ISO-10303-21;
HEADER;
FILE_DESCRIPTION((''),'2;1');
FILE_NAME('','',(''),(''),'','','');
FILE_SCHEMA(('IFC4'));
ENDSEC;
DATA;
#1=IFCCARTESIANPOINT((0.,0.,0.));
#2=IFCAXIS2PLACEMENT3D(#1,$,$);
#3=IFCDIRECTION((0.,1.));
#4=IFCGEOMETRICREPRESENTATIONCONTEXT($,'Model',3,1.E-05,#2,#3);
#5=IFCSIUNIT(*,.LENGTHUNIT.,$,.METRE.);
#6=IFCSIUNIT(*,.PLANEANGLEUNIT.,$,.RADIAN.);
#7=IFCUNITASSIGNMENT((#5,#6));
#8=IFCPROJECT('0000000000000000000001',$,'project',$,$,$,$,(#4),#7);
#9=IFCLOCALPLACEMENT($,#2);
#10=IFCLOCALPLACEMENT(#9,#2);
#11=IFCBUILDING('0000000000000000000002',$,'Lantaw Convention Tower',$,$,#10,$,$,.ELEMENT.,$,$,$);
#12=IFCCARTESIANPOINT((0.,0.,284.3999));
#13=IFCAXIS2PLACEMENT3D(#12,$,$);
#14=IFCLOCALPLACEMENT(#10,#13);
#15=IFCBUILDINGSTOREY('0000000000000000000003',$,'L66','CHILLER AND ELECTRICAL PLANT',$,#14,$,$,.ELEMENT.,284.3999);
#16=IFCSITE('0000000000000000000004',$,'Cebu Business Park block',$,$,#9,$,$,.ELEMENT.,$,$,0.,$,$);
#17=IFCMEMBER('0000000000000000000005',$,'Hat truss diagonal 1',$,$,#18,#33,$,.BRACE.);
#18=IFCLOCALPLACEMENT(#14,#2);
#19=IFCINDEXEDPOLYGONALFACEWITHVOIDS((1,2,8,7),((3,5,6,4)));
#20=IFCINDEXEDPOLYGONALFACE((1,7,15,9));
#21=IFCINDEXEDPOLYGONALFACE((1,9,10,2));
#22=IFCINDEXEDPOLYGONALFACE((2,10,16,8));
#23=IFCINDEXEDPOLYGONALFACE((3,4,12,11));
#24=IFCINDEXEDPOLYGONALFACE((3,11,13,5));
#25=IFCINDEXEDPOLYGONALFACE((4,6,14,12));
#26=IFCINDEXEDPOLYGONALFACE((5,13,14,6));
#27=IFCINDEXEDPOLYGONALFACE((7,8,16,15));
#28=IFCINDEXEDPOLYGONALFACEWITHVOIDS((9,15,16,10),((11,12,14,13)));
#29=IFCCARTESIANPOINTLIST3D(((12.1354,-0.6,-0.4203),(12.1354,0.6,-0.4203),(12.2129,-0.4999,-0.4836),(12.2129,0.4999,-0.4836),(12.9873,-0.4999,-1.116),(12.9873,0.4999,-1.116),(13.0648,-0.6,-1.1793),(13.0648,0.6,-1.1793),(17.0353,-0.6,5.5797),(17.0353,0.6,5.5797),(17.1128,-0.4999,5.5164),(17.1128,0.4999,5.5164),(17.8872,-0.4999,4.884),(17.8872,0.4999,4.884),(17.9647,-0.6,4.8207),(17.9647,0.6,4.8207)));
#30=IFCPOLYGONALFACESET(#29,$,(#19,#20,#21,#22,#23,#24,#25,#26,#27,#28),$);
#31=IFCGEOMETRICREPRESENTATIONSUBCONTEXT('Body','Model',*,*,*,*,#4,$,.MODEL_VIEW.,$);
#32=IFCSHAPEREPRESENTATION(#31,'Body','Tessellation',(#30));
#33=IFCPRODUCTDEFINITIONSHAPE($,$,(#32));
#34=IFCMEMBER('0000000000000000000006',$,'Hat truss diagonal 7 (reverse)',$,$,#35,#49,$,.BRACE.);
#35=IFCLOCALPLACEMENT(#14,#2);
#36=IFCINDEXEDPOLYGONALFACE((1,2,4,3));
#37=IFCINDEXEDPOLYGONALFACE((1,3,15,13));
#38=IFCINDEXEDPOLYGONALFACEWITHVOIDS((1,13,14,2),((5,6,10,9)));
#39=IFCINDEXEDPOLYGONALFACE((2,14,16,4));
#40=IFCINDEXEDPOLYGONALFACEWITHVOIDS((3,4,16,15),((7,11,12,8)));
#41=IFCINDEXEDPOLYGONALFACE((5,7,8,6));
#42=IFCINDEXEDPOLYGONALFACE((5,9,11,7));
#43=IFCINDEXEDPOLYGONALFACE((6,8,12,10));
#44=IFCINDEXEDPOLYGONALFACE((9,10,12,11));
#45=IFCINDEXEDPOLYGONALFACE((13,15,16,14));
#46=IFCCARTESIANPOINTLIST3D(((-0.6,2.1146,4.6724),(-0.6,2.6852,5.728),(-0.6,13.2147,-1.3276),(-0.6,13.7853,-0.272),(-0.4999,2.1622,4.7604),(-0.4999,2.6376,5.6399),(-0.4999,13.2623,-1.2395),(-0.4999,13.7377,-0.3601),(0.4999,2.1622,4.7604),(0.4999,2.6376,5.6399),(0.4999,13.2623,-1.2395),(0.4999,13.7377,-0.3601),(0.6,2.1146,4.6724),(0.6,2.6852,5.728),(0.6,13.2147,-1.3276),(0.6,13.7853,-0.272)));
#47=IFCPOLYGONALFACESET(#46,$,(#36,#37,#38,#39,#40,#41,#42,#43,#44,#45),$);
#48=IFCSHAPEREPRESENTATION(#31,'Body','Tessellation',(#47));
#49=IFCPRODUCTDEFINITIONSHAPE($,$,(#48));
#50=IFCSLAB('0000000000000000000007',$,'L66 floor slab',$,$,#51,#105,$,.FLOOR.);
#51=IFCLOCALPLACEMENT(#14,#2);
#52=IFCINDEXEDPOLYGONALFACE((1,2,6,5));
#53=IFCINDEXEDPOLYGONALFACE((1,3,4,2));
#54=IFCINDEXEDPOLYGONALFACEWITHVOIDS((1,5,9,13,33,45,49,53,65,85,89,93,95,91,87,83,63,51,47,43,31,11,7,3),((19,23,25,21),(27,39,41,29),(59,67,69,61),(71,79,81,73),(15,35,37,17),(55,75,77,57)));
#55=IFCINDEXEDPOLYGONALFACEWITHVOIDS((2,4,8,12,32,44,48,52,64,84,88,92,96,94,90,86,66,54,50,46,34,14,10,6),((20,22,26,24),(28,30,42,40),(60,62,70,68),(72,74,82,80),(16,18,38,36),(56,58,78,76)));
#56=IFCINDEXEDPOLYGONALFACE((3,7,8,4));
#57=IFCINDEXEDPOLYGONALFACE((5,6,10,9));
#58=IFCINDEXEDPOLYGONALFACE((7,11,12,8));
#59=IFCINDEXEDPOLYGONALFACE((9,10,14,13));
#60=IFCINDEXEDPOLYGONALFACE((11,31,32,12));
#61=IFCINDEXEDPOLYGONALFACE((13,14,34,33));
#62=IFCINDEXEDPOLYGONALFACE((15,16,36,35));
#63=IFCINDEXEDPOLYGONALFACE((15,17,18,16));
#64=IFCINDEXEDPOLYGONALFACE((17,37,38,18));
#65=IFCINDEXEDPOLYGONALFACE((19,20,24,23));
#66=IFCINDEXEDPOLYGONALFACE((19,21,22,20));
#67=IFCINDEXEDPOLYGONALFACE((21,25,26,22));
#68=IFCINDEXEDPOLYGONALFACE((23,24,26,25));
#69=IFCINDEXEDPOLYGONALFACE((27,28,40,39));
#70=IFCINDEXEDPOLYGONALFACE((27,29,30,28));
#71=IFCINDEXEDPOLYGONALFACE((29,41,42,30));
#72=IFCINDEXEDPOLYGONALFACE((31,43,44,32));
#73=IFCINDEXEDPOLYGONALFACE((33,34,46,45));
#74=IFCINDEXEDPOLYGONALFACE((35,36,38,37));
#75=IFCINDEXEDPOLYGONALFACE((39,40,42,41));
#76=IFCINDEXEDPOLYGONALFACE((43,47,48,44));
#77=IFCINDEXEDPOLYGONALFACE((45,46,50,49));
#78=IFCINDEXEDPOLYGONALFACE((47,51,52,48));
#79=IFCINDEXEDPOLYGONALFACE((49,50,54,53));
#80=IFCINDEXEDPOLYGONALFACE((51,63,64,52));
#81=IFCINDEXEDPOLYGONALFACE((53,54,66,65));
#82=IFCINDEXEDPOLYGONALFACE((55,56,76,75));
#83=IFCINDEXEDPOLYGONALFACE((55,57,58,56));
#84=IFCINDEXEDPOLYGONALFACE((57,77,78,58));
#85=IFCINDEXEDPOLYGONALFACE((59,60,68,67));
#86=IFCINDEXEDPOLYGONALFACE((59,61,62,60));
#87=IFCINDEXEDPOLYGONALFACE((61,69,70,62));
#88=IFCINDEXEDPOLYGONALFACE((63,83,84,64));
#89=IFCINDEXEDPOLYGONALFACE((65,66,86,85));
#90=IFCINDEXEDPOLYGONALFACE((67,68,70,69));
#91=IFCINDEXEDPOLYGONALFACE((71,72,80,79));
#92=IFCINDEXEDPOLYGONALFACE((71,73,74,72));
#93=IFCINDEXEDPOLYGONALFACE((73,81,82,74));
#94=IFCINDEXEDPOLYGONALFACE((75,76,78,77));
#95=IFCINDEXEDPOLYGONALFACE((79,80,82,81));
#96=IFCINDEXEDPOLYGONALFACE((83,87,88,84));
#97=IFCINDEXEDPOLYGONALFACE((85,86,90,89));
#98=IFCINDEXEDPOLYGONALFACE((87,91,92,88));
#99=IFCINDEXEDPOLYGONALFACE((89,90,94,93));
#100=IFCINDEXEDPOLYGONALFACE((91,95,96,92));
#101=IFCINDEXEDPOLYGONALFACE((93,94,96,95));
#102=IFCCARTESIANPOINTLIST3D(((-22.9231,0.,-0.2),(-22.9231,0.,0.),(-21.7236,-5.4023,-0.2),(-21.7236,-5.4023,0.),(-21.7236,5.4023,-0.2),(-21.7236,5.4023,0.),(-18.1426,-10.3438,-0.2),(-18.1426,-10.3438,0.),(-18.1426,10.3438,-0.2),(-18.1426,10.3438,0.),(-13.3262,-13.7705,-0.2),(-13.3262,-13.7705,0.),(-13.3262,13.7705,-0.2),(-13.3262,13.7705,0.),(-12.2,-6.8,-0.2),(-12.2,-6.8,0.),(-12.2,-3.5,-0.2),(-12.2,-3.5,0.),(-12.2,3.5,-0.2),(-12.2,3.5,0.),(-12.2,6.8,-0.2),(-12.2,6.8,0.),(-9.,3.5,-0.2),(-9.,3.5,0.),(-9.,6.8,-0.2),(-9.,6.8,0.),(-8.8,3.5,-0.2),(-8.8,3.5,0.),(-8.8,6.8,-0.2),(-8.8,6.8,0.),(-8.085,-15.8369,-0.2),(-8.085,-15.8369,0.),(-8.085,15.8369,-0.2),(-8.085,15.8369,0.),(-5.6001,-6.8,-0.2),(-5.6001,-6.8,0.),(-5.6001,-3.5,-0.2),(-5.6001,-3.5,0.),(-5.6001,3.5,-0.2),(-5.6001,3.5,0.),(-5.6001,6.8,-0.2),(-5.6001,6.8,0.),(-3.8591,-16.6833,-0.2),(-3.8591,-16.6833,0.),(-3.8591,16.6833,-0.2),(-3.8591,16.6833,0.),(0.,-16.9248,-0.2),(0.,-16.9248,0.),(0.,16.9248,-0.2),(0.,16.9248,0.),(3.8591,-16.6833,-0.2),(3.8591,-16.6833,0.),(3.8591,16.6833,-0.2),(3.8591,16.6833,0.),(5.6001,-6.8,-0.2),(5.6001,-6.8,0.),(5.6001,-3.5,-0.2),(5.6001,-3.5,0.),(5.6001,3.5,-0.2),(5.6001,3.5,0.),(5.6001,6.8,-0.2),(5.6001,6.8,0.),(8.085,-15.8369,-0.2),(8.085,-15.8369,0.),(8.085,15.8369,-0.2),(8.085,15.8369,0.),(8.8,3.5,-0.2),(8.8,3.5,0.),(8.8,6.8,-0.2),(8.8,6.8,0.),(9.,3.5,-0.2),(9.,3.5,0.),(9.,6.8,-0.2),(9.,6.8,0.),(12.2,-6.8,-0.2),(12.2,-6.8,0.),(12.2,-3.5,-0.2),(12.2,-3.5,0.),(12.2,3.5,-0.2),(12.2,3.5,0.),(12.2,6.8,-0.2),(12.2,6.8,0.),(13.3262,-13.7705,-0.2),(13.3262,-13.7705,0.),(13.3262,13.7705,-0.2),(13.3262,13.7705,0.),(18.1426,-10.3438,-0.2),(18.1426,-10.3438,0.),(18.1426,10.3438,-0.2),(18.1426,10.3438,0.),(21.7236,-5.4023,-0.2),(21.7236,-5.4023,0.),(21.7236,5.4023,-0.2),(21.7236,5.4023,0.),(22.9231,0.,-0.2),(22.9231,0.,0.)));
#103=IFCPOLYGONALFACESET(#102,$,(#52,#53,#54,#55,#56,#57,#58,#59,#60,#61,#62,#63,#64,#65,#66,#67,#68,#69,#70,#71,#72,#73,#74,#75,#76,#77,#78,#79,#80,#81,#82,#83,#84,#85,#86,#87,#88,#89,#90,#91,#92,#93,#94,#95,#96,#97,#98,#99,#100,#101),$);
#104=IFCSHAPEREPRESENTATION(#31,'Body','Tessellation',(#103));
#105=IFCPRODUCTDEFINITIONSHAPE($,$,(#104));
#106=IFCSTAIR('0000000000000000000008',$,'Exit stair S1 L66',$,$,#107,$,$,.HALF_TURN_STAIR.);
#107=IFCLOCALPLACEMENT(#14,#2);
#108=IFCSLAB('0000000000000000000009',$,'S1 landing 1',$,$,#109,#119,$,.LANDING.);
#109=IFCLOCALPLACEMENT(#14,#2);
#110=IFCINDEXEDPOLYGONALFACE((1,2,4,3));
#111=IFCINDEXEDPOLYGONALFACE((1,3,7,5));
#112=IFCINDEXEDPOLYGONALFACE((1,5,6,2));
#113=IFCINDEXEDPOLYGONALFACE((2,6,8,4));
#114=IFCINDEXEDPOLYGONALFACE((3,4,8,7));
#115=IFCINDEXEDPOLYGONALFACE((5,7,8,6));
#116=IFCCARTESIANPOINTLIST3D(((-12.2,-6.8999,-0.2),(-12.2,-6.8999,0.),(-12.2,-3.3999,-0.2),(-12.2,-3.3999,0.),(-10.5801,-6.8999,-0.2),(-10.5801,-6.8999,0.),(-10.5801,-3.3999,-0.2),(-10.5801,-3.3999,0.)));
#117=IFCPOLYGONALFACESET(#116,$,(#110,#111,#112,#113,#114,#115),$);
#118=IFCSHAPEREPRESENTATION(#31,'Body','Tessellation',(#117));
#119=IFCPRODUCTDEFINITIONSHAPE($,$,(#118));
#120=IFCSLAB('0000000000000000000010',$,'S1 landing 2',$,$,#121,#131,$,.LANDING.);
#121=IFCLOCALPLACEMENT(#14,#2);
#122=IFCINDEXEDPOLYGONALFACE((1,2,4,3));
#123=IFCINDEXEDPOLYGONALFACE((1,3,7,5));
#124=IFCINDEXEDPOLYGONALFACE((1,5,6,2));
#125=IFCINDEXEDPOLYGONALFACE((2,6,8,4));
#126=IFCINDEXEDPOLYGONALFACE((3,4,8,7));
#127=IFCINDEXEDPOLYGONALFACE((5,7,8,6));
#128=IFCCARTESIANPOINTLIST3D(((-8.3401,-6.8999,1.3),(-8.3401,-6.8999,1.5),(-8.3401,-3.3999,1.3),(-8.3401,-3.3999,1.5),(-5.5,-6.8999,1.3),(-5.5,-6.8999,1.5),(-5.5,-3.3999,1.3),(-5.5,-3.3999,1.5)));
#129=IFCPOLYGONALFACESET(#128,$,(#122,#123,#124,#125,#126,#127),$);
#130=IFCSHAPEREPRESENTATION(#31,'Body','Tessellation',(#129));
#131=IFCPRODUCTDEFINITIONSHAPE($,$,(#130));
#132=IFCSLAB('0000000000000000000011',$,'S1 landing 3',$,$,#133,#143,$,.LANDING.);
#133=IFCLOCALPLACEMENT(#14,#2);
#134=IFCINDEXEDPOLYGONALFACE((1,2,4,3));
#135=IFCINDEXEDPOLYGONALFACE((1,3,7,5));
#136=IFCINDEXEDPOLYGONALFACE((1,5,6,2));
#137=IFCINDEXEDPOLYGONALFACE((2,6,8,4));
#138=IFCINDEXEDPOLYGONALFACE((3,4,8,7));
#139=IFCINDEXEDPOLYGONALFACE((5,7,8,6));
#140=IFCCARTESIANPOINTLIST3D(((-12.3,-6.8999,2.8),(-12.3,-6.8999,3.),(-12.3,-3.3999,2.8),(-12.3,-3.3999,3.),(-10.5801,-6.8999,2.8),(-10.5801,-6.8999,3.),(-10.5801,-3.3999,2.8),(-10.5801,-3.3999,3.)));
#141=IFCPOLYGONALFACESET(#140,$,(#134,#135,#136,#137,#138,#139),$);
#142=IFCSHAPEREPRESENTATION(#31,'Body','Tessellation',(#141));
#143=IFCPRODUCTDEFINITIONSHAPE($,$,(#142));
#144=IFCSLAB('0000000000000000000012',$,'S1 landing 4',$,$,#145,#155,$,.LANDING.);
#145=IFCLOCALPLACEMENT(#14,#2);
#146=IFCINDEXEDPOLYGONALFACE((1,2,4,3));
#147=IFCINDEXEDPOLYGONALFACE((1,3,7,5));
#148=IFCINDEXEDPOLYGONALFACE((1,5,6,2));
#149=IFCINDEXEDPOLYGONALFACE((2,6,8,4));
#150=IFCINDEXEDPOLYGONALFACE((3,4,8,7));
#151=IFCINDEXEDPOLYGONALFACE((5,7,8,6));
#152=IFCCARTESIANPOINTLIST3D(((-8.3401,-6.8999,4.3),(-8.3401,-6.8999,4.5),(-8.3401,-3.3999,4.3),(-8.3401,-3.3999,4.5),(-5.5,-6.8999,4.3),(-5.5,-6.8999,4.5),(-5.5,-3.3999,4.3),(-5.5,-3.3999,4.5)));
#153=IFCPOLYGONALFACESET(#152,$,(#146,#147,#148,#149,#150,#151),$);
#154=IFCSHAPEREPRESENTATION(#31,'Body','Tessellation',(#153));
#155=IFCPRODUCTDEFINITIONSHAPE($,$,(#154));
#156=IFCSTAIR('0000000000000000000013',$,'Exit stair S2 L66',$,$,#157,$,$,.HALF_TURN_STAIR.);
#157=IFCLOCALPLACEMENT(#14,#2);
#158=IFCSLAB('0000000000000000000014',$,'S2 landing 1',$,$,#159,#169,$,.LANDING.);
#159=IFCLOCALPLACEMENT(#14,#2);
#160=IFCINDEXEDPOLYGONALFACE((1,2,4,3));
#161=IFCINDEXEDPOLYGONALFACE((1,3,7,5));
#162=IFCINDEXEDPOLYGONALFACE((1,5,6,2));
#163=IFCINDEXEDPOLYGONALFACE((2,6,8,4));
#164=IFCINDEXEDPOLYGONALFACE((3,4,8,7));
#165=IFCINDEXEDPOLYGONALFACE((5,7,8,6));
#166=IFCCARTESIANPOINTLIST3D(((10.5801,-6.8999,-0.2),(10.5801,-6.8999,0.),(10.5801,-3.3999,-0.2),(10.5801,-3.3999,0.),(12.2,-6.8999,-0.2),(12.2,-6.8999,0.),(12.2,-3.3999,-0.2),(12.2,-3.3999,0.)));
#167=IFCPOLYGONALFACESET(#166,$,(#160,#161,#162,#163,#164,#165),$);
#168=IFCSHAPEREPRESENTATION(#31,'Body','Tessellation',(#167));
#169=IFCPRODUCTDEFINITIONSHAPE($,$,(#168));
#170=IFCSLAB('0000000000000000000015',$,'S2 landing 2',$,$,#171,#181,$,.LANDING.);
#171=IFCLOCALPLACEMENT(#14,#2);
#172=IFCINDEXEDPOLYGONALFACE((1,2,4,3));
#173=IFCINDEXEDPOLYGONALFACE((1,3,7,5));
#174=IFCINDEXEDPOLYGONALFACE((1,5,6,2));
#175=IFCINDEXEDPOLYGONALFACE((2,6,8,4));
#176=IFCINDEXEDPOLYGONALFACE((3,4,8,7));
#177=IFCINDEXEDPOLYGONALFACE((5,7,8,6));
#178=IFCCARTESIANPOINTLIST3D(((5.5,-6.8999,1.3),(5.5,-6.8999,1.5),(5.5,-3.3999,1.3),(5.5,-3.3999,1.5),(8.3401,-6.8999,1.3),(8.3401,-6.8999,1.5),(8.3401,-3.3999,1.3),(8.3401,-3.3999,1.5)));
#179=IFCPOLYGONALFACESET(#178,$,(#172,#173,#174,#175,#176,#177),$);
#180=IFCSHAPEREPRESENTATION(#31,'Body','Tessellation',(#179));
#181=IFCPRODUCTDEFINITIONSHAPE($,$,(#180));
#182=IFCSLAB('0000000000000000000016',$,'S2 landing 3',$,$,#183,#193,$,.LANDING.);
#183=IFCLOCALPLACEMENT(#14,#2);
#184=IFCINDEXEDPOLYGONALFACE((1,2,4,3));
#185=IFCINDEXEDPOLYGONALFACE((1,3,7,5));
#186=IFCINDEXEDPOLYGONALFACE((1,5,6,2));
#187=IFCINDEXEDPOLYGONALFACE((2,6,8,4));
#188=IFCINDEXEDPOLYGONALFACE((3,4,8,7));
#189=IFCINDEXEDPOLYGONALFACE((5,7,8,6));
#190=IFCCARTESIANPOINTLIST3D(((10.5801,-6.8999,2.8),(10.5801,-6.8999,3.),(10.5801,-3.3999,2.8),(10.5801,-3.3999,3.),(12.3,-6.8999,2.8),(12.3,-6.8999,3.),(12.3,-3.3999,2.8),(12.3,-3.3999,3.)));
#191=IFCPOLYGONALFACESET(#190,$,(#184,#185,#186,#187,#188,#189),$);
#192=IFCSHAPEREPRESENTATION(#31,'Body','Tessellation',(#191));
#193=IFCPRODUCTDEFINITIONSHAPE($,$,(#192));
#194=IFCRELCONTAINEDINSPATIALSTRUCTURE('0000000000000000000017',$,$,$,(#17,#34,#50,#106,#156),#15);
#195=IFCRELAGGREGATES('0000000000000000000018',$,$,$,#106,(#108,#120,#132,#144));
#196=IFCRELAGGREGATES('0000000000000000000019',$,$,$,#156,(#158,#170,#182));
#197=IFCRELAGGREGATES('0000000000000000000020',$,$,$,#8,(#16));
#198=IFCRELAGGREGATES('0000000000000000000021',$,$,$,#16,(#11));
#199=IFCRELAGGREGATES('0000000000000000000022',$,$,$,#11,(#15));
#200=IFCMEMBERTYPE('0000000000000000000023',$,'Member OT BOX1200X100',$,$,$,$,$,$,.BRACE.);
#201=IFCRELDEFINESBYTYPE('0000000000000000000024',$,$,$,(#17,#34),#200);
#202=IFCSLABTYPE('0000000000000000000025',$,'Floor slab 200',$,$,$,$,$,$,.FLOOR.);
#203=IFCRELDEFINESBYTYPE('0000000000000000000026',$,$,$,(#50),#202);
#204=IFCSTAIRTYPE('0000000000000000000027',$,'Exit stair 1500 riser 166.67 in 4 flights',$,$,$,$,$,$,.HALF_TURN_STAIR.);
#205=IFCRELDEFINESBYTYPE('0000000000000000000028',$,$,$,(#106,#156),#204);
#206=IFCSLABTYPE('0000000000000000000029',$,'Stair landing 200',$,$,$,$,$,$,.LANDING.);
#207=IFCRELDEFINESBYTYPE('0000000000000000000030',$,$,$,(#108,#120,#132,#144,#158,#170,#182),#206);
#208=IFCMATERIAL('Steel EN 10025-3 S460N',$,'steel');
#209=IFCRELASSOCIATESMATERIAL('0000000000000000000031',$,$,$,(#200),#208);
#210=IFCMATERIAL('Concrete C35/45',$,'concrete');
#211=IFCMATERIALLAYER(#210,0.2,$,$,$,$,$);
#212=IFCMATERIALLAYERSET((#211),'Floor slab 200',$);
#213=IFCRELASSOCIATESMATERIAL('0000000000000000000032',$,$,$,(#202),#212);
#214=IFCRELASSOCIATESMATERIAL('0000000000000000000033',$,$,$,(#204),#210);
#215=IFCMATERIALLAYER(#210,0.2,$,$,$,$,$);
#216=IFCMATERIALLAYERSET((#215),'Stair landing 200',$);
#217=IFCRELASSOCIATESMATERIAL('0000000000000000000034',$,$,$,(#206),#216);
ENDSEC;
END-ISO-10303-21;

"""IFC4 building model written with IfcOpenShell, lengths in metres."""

from ifc_helpers import new_model, si_unit, direction, frame, origin, origin_2d, place, context, subcontext, project, spatial, polyline, hollow_rectangle, outline, extrude, material, layer, layer_set, material_profile, profile_set, type_object, element, aggregate, save


model = new_model("IFC4")

# Units and contexts
model_context = context("Model", 3, precision=1e-05, world=origin(), true_north=direction((0.0, 1.0)))
body_context = subcontext(model_context, "Body", "Model", "MODEL_VIEW")
ifc_project = project(units=[si_unit("LENGTHUNIT", "METRE"), si_unit("PLANEANGLEUNIT", "RADIAN")], contexts=[model_context])

# Site, building, storey
site_placement = place(None, origin())
site = spatial("IfcSite", under=ifc_project, at=site_placement, Name="Cebu Business Park block", CompositionType="ELEMENT", RefElevation=0.0)
building_placement = place(site_placement, origin())
building = spatial("IfcBuilding", under=site, at=building_placement, Name="Lantaw Convention Tower", CompositionType="ELEMENT")
storey_placement = place(building_placement, frame((0.0, 0.0, 284.3999)))
storey = spatial("IfcBuildingStorey", under=building, at=storey_placement, Name="L66", Description="CHILLER AND ELECTRICAL PLANT", CompositionType="ELEMENT", Elevation=284.3999)

# Shared definitions
ifc_material_1 = material(Name="Steel EN 10025-3 S460N", Category="steel")

# Members
ifc_material_profile_1 = material_profile(ifc_material_1, hollow_rectangle(XDim=1.2, YDim=1.2, WallThickness=0.1001, at=origin_2d()), Name="BOX1200X100")
ifc_profile_set_1 = profile_set([ifc_material_profile_1], Name="Steel EN 10025-3 S460N")
member_type = type_object("IfcMemberType", Name="Member OT BOX1200X100", PredefinedType="BRACE", material=ifc_profile_set_1)
member_1_placement = place(storey_placement, frame((12.6001, 0.0, -0.7998), z_axis=(0.632527, 0.0, 0.774538), x_axis=(0.0, 1.0, 0.0)))
element("IfcMember", 1, at=member_1_placement, inside=storey, type_object=member_type, Name="Hat truss diagonal 1", PredefinedType="BRACE", context=body_context, shape_type="SweptSolid", body=[
    extrude(hollow_rectangle(XDim=1.2, YDim=1.2, WallThickness=0.1001, at=origin_2d()), origin(), (0.0, 0.0, 1.0), 7.7466),
])
member_2_placement = place(storey_placement, frame((0.0, 2.3999, 5.2002), z_axis=(0.0, 0.879708, -0.475514), x_axis=(-1.0, 0.0, 0.0)))
element("IfcMember", 2, at=member_2_placement, inside=storey, type_object=member_type, Name="Hat truss diagonal 7 (reverse)", PredefinedType="BRACE", context=body_context, shape_type="SweptSolid", body=[
    extrude(hollow_rectangle(XDim=1.2, YDim=1.2, WallThickness=0.1001, at=origin_2d()), origin(), (0.0, 0.0, 1.0), 12.6179),
])

# Slab
ifc_material_2 = material(Name="Concrete C35/45", Category="concrete")
ifc_layer_1 = layer(ifc_material_2, 0.2)
ifc_layer_set_1 = layer_set([ifc_layer_1], Name="Floor slab 200")
slab_type_1 = type_object("IfcSlabType", Name="Floor slab 200", PredefinedType="FLOOR", material=ifc_layer_set_1)
slab_1_placement = place(storey_placement, frame((0.0, 0.0, -0.2)))
element("IfcSlab", 3, at=slab_1_placement, inside=storey, type_object=slab_type_1, Name="L66 floor slab", PredefinedType="FLOOR", context=body_context, shape_type="SweptSolid", body=[
    extrude(outline(polyline([(21.7236, -5.4023), (22.9231, 0.0), (21.7236, 5.4023), (18.1426, 10.3438), (13.3262, 13.7705), (8.085, 15.8369), (3.8591, 16.6833), (0.0, 16.9248), (-3.8591, 16.6833), (-8.085, 15.8369), (-13.3262, 13.7705), (-18.1426, 10.3438), (-21.7236, 5.4023), (-22.9231, 0.0), (-21.7236, -5.4023), (-18.1426, -10.3438), (-13.3262, -13.7705), (-8.085, -15.8369), (-3.8591, -16.6833), (0.0, -16.9248), (3.8591, -16.6833), (8.085, -15.8369), (13.3262, -13.7705), (18.1426, -10.3438), (21.7236, -5.4023)]), holes=[polyline([(-12.2, -3.5), (-12.2, -6.8), (-5.6001, -6.8), (-5.6001, -3.5), (-12.2, -3.5)]), polyline([(12.2, -3.5), (5.6001, -3.5), (5.6001, -6.8), (12.2, -6.8), (12.2, -3.5)]), polyline([(-9.0, 6.8), (-12.2, 6.8), (-12.2, 3.5), (-9.0, 3.5), (-9.0, 6.8)]), polyline([(-8.8, 6.8), (-8.8, 3.5), (-5.6001, 3.5), (-5.6001, 6.8), (-8.8, 6.8)]), polyline([(8.8, 6.8), (5.6001, 6.8), (5.6001, 3.5), (8.8, 3.5), (8.8, 6.8)]), polyline([(12.2, 6.8), (9.0, 6.8), (9.0, 3.5), (12.2, 3.5), (12.2, 6.8)])]), origin(), (0.0, 0.0, 1.0), 0.2),
])

# Stairs, slabs
stair_type = type_object("IfcStairType", Name="Exit stair 1500 riser 166.67 in 4 flights", PredefinedType="HALF_TURN_STAIR", material=ifc_material_2)
stair_1_placement = place(storey_placement, origin())
stair_1 = element("IfcStair", 4, at=stair_1_placement, inside=storey, type_object=stair_type, Name="Exit stair S1 L66", PredefinedType="HALF_TURN_STAIR")
ifc_layer_2 = layer(ifc_material_2, 0.2)
ifc_layer_set_2 = layer_set([ifc_layer_2], Name="Stair landing 200")
slab_type_2 = type_object("IfcSlabType", Name="Stair landing 200", PredefinedType="LANDING", material=ifc_layer_set_2)
slab_2_placement = place(storey_placement, frame((0.0, 0.0, -0.2)))
slab_2 = element("IfcSlab", 5, at=slab_2_placement, type_object=slab_type_2, Name="S1 landing 1", PredefinedType="LANDING", context=body_context, shape_type="SweptSolid", body=[
    extrude(outline(polyline([(-12.2, -6.8999), (-10.5801, -6.8999), (-10.5801, -3.3999), (-12.2, -3.3999), (-12.2, -6.8999)])), origin(), (0.0, 0.0, 1.0), 0.2),
])
slab_3_placement = place(storey_placement, frame((0.0, 0.0, 1.3)))
slab_3 = element("IfcSlab", 6, at=slab_3_placement, type_object=slab_type_2, Name="S1 landing 2", PredefinedType="LANDING", context=body_context, shape_type="SweptSolid", body=[
    extrude(outline(polyline([(-8.3401, -6.8999), (-5.5, -6.8999), (-5.5, -3.3999), (-8.3401, -3.3999), (-8.3401, -6.8999)])), origin(), (0.0, 0.0, 1.0), 0.2),
])
slab_4_placement = place(storey_placement, frame((0.0, 0.0, 2.8)))
slab_4 = element("IfcSlab", 7, at=slab_4_placement, type_object=slab_type_2, Name="S1 landing 3", PredefinedType="LANDING", context=body_context, shape_type="SweptSolid", body=[
    extrude(outline(polyline([(-12.3, -6.8999), (-10.5801, -6.8999), (-10.5801, -3.3999), (-12.3, -3.3999), (-12.3, -6.8999)])), origin(), (0.0, 0.0, 1.0), 0.2),
])
slab_5_placement = place(storey_placement, frame((0.0, 0.0, 4.3)))
slab_5 = element("IfcSlab", 8, at=slab_5_placement, type_object=slab_type_2, Name="S1 landing 4", PredefinedType="LANDING", context=body_context, shape_type="SweptSolid", body=[
    extrude(outline(polyline([(-8.3401, -6.8999), (-5.5, -6.8999), (-5.5, -3.3999), (-8.3401, -3.3999), (-8.3401, -6.8999)])), origin(), (0.0, 0.0, 1.0), 0.2),
])
aggregate(stair_1, [slab_2, slab_3, slab_4, slab_5])
stair_2_placement = place(storey_placement, origin())
stair_2 = element("IfcStair", 9, at=stair_2_placement, inside=storey, type_object=stair_type, Name="Exit stair S2 L66", PredefinedType="HALF_TURN_STAIR")
slab_6_placement = place(storey_placement, frame((0.0, 0.0, -0.2)))
slab_6 = element("IfcSlab", 10, at=slab_6_placement, type_object=slab_type_2, Name="S2 landing 1", PredefinedType="LANDING", context=body_context, shape_type="SweptSolid", body=[
    extrude(outline(polyline([(10.5801, -6.8999), (12.2, -6.8999), (12.2, -3.3999), (10.5801, -3.3999), (10.5801, -6.8999)])), origin(), (0.0, 0.0, 1.0), 0.2),
])
slab_7_placement = place(storey_placement, frame((0.0, 0.0, 1.3)))
slab_7 = element("IfcSlab", 11, at=slab_7_placement, type_object=slab_type_2, Name="S2 landing 2", PredefinedType="LANDING", context=body_context, shape_type="SweptSolid", body=[
    extrude(outline(polyline([(5.5, -6.8999), (8.3401, -6.8999), (8.3401, -3.3999), (5.5, -3.3999), (5.5, -6.8999)])), origin(), (0.0, 0.0, 1.0), 0.2),
])
slab_8_placement = place(storey_placement, frame((0.0, 0.0, 2.8)))
slab_8 = element("IfcSlab", 12, at=slab_8_placement, type_object=slab_type_2, Name="S2 landing 3", PredefinedType="LANDING", context=body_context, shape_type="SweptSolid", body=[
    extrude(outline(polyline([(10.5801, -6.8999), (12.3, -6.8999), (12.3, -3.3999), (10.5801, -3.3999), (10.5801, -6.8999)])), origin(), (0.0, 0.0, 1.0), 0.2),
])
aggregate(stair_2, [slab_6, slab_7, slab_8])

save(model, "model.ifc")
